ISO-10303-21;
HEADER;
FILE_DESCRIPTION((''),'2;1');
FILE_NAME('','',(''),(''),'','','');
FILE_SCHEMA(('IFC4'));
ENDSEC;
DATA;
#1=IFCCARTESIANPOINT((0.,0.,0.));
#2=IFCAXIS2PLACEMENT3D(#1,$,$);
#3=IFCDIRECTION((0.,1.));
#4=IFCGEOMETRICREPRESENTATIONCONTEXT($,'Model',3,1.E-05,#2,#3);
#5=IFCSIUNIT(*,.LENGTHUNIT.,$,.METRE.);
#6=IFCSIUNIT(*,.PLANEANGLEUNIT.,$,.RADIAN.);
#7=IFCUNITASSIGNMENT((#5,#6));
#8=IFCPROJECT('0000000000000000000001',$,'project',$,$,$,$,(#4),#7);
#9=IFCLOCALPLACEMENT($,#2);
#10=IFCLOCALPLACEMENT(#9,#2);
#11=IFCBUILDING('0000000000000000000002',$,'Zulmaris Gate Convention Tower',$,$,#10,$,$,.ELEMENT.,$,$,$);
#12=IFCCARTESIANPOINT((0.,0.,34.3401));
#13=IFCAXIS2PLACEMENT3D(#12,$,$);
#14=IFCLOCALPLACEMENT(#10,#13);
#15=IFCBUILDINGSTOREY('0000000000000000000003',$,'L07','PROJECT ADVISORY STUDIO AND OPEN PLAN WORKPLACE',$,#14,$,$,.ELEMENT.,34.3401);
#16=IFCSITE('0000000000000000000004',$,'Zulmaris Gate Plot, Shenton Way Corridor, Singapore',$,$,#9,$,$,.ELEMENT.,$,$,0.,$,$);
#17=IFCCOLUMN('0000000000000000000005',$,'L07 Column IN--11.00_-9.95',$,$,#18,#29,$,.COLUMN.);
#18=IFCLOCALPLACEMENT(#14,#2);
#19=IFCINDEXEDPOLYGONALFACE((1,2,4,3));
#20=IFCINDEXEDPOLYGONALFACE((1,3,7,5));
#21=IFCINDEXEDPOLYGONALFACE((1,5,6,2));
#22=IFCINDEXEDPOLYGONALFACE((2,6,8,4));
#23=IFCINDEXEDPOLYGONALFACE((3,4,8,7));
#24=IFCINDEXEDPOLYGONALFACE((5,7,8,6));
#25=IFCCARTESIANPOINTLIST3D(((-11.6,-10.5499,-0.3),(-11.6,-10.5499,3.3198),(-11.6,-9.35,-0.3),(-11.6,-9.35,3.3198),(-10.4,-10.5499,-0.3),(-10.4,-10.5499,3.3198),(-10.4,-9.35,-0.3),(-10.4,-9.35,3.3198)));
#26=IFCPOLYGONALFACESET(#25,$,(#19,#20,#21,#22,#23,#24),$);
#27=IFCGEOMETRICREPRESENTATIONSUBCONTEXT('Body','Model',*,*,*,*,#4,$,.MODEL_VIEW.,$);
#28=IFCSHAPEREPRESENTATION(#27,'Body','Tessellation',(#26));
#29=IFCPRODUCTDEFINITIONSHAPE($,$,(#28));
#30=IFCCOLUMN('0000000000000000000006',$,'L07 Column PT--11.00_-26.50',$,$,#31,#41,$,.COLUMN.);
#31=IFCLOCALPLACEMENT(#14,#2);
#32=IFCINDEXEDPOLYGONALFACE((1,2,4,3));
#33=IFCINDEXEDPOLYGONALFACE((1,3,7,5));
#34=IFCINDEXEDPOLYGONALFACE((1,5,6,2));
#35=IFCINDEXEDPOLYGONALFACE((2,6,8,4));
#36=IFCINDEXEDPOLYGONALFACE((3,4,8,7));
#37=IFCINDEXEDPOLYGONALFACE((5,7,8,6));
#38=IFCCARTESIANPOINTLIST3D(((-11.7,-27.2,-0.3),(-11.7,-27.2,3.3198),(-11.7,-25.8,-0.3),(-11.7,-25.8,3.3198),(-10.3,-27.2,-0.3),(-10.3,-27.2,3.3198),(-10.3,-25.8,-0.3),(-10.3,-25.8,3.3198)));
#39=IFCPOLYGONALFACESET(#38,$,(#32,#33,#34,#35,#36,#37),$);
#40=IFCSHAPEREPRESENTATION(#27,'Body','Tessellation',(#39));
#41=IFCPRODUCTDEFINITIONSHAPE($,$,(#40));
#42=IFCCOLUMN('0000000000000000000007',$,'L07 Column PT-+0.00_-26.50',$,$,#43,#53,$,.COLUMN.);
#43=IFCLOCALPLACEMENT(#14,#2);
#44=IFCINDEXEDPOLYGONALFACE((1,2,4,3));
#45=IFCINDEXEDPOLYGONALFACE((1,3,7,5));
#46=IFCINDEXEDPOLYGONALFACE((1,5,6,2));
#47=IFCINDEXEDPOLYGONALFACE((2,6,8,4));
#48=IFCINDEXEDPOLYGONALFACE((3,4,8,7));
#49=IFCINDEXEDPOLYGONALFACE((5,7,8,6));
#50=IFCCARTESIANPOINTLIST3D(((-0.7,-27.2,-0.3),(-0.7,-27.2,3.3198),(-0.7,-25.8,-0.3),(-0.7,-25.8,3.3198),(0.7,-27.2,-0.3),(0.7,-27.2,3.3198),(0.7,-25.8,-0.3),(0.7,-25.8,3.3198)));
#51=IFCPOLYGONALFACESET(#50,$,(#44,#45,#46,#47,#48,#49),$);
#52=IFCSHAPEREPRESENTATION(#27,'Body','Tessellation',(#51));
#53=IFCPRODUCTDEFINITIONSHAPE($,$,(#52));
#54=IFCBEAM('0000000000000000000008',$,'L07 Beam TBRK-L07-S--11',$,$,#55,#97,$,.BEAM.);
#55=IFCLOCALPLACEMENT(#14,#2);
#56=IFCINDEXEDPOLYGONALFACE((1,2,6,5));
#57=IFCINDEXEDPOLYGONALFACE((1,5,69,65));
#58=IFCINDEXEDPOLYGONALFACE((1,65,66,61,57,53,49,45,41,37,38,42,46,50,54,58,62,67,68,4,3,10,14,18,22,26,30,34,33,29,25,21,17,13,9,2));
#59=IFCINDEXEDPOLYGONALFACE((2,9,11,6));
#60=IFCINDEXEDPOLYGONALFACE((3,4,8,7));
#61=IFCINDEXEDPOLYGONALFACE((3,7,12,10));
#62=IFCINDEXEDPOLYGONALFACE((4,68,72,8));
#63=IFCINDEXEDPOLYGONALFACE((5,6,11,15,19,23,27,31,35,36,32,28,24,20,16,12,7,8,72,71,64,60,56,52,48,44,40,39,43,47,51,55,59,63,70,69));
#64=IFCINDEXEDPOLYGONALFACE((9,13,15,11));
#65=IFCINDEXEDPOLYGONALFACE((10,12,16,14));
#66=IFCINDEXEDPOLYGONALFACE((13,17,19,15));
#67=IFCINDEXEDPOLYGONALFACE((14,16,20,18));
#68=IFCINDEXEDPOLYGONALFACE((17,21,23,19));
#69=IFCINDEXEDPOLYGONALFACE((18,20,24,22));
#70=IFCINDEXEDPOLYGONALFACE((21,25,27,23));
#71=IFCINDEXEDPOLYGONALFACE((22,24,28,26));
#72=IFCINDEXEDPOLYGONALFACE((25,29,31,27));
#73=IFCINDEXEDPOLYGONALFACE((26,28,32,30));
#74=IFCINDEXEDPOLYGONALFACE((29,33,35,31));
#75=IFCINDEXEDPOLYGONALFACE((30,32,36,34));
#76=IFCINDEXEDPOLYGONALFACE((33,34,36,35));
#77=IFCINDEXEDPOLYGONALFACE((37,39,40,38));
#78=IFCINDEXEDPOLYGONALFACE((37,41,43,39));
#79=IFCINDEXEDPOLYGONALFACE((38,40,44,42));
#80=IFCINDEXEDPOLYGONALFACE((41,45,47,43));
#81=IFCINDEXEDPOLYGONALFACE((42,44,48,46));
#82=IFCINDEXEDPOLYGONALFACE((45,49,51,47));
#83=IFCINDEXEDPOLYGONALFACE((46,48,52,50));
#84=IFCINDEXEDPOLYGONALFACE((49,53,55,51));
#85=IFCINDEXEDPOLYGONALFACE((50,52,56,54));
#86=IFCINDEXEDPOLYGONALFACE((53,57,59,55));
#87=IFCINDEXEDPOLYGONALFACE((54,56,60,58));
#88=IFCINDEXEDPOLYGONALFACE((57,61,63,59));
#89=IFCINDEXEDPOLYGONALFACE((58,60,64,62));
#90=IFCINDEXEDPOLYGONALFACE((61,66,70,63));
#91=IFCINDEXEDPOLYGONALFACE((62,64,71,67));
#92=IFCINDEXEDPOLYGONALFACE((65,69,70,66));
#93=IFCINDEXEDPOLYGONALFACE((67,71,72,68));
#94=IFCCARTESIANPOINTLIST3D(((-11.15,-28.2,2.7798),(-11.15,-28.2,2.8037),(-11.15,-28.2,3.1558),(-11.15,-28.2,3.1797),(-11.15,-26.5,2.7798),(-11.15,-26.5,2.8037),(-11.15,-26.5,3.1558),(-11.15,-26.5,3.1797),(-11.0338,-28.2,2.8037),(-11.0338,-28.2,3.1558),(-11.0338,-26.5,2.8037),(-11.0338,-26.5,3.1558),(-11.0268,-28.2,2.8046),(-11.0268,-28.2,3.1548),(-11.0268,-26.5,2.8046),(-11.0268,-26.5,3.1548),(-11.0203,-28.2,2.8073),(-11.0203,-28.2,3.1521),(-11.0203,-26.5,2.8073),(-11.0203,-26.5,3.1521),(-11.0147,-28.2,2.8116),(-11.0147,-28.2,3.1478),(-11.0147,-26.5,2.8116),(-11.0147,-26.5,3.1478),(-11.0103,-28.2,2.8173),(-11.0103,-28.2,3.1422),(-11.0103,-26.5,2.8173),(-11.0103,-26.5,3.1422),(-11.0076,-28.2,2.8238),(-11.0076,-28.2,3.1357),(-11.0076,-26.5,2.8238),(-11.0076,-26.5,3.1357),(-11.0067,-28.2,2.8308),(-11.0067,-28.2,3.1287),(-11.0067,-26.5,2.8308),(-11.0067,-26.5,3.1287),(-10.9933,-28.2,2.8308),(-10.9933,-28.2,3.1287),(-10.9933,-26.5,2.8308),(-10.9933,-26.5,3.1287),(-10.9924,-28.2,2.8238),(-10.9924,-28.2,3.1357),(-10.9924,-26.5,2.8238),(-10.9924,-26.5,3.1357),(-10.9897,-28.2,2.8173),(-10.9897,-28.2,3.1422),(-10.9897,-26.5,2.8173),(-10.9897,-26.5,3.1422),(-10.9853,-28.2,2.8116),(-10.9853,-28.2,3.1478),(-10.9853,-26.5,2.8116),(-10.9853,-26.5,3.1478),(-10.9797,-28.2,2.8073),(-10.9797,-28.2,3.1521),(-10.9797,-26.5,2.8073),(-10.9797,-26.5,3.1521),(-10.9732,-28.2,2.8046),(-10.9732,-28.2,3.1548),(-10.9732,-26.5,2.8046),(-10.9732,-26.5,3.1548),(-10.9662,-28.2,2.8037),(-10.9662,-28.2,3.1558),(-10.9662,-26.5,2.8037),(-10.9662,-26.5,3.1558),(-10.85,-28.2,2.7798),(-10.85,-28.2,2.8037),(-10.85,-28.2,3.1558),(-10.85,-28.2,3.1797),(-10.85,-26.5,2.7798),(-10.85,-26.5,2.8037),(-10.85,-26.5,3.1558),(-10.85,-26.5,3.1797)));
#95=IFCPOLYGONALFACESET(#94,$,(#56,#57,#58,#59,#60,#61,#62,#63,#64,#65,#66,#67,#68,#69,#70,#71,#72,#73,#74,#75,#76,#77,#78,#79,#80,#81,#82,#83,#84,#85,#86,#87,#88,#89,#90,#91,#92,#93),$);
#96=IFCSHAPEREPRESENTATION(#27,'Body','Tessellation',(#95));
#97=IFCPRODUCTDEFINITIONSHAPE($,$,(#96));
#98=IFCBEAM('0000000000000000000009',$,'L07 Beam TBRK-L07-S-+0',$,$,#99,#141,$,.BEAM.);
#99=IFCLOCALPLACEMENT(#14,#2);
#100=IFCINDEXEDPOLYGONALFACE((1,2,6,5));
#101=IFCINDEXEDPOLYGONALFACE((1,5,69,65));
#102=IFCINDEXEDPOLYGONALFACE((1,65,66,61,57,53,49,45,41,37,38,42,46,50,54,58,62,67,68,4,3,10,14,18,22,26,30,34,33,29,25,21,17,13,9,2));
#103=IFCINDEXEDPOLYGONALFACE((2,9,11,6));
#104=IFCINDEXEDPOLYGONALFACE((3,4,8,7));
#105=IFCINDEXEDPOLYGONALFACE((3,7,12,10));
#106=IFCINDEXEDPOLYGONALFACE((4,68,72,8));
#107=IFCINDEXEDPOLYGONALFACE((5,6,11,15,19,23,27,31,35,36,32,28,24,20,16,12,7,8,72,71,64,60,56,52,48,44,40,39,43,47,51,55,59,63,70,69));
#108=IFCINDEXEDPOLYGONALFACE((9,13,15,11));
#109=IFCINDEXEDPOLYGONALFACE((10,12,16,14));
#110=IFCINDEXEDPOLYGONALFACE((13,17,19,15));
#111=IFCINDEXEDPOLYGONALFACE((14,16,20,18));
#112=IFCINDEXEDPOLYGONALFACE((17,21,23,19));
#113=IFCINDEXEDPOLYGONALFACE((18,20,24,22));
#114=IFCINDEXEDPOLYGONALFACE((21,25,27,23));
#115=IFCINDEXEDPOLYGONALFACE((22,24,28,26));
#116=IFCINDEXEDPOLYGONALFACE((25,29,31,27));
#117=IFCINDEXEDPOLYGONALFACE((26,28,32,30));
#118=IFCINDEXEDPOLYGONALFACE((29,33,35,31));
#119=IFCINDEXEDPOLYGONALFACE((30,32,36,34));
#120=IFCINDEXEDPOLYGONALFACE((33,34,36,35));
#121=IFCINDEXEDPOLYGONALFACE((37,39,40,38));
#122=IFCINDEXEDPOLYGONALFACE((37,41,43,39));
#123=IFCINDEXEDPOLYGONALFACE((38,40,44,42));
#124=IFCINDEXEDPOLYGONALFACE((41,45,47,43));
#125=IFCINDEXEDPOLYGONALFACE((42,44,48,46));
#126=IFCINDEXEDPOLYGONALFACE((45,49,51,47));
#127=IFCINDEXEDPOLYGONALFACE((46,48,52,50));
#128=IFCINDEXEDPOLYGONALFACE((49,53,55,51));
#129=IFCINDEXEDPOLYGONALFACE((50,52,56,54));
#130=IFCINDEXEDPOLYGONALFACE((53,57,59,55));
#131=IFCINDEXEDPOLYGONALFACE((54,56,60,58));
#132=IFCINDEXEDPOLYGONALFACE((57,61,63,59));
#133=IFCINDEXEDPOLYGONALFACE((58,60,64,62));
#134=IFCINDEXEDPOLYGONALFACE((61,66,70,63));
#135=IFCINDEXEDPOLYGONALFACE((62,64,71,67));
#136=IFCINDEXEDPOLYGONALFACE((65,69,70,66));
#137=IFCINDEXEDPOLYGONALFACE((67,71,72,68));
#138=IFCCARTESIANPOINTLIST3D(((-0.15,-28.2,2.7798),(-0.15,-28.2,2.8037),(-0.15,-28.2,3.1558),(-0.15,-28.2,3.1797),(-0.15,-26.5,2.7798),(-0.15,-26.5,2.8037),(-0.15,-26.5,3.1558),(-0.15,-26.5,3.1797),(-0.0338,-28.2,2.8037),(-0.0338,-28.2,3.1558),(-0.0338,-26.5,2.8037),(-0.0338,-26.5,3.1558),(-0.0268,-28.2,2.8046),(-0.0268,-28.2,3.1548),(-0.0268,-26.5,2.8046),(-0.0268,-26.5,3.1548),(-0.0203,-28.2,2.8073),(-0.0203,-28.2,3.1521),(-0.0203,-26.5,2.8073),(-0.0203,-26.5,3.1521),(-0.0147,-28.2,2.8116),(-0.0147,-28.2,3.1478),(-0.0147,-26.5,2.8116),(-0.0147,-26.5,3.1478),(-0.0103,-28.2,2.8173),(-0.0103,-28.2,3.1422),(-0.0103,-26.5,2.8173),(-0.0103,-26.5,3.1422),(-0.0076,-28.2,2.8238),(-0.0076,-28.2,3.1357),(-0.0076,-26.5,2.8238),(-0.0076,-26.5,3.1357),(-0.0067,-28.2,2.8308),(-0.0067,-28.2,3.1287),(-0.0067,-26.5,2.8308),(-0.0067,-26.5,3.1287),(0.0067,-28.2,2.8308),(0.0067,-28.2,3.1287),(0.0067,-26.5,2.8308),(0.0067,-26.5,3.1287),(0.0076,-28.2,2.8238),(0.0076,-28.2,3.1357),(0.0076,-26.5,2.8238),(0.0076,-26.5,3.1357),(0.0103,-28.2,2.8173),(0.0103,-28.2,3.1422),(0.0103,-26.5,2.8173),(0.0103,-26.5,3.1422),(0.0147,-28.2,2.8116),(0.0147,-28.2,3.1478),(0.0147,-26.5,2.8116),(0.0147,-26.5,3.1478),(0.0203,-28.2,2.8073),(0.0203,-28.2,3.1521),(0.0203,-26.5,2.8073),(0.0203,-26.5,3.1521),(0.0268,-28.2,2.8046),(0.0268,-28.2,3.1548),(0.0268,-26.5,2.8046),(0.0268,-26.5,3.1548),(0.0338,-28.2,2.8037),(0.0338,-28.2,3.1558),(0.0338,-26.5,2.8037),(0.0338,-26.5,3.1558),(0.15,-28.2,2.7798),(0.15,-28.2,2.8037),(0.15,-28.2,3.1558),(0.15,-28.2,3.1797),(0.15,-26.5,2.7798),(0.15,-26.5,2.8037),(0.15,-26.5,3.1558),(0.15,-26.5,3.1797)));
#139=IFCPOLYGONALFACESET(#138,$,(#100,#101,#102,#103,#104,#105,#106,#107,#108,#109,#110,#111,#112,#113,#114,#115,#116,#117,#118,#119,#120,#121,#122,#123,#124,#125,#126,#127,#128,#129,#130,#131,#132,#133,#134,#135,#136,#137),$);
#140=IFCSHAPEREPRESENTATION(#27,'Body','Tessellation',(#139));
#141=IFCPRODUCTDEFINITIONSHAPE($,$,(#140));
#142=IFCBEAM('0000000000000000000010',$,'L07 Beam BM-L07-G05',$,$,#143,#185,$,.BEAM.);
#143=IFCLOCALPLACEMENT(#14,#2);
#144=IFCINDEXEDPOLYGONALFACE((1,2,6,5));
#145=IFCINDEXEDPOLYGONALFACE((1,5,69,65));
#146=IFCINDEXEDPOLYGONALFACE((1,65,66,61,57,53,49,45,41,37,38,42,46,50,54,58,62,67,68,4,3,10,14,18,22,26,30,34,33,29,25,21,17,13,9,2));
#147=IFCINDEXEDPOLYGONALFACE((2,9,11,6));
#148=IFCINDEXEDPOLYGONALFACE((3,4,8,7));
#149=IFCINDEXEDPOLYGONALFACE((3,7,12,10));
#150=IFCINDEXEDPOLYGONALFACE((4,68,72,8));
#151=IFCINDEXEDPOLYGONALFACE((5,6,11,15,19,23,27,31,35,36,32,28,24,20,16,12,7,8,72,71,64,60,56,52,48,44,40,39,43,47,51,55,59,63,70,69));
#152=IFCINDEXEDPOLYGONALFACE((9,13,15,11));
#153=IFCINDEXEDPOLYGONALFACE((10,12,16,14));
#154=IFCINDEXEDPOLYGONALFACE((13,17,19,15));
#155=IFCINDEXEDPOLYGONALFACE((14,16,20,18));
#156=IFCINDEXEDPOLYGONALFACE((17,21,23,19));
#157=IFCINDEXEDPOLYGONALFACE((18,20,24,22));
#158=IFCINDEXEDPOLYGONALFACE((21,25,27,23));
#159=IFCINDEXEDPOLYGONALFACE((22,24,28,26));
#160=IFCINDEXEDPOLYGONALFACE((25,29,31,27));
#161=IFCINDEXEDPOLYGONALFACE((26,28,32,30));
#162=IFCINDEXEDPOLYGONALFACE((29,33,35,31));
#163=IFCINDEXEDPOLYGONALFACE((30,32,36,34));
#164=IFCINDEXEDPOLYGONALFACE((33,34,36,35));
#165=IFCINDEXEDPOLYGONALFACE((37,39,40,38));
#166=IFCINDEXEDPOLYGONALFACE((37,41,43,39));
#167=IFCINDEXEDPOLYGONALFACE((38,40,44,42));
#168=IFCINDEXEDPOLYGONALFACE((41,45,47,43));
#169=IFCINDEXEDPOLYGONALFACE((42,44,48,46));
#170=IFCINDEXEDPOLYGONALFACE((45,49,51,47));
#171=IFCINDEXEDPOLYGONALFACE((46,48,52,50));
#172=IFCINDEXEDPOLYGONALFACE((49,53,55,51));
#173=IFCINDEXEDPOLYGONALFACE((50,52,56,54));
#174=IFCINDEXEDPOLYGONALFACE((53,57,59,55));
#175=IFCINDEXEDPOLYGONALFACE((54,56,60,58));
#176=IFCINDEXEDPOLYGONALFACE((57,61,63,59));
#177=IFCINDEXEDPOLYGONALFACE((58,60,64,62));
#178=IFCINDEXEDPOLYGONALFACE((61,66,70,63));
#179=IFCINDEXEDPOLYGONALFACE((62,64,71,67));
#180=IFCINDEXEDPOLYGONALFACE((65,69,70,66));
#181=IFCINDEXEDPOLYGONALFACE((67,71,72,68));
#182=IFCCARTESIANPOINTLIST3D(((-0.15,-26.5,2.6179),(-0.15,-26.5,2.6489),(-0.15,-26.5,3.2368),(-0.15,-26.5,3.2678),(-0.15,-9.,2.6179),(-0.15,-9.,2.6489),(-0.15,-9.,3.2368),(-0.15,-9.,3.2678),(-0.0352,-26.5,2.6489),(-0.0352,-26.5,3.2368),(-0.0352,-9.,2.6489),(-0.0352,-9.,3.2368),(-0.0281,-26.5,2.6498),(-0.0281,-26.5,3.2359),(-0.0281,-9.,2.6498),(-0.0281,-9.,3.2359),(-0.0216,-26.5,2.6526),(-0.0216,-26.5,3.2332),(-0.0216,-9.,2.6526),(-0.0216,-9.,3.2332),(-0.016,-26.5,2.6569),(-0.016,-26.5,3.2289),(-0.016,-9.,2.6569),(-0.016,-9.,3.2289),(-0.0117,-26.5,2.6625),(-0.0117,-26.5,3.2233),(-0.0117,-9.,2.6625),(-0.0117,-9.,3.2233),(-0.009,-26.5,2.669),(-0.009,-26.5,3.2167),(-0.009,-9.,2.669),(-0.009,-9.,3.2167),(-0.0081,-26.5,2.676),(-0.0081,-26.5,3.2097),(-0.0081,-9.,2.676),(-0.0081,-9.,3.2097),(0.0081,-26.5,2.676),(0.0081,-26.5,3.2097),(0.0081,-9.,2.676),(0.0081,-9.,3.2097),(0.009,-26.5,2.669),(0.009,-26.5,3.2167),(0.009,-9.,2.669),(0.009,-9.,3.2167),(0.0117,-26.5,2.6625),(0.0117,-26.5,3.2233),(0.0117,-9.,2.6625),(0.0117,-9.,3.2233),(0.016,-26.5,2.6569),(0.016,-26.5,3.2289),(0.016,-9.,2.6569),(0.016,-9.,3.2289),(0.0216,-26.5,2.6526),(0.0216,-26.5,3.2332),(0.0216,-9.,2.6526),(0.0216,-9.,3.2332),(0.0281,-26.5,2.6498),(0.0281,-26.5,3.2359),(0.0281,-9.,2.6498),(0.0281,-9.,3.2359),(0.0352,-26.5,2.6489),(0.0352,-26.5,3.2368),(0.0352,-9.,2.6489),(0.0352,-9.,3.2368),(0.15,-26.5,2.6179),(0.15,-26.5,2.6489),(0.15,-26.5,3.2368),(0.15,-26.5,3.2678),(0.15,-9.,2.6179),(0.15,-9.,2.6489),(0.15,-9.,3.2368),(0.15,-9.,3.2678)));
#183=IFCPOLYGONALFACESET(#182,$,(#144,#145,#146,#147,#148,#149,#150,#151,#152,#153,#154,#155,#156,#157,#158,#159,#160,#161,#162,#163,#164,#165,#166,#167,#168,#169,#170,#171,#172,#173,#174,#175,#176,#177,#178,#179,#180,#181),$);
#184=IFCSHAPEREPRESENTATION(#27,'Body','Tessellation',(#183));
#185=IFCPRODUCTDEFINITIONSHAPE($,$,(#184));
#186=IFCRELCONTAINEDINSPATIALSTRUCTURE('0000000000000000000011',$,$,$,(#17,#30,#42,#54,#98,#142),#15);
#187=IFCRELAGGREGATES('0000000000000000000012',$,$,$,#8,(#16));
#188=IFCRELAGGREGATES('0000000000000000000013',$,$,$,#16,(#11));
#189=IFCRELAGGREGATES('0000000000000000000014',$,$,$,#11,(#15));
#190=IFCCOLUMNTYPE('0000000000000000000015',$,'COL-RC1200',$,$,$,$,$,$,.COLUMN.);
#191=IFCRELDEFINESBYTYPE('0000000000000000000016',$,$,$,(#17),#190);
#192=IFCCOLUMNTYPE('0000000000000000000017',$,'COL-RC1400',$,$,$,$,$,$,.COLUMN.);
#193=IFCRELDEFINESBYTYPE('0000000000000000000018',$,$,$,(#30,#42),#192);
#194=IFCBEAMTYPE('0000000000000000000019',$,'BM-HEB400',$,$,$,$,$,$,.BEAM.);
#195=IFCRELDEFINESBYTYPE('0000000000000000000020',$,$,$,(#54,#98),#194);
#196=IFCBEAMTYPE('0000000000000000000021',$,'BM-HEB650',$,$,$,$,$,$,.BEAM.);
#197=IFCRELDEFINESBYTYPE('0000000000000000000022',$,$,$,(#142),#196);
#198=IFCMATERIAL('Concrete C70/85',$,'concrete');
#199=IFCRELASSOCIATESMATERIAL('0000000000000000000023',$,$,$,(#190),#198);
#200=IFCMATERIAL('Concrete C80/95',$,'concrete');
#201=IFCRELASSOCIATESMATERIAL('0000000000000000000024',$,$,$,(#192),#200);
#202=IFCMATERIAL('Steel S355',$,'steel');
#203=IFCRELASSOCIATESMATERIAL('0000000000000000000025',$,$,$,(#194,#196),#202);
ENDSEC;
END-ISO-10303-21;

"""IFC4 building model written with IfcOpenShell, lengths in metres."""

from ifc_helpers import new_model, si_unit, direction, frame, origin, origin_2d, place, context, subcontext, project, spatial, rectangle, i_section, extrude, material, material_profile, profile_set, type_object, element, save


model = new_model("IFC4")

# Units and contexts
model_context = context("Model", 3, precision=1e-05, world=origin(), true_north=direction((0.0, 1.0)))
body_context = subcontext(model_context, "Body", "Model", "MODEL_VIEW")
ifc_project = project(units=[si_unit("LENGTHUNIT", "METRE"), si_unit("PLANEANGLEUNIT", "RADIAN")], contexts=[model_context])

# Site, building, storey
site_placement = place(None, origin())
site = spatial("IfcSite", under=ifc_project, at=site_placement, Name="Zulmaris Gate Plot, Shenton Way Corridor, Singapore", CompositionType="ELEMENT", RefElevation=0.0)
building_placement = place(site_placement, origin())
building = spatial("IfcBuilding", under=site, at=building_placement, Name="Zulmaris Gate Convention Tower", CompositionType="ELEMENT")
storey_placement = place(building_placement, frame((0.0, 0.0, 34.3401)))
storey = spatial("IfcBuildingStorey", under=building, at=storey_placement, Name="L07", Description="PROJECT ADVISORY STUDIO AND OPEN PLAN WORKPLACE", CompositionType="ELEMENT", Elevation=34.3401)

# Columns
ifc_material_1 = material(Name="Concrete C70/85", Category="concrete")
ifc_material_profile_1 = material_profile(ifc_material_1, rectangle(XDim=1.2, YDim=1.2, at=origin_2d()), Name="RC COL 1200x1200")
ifc_profile_set_1 = profile_set([ifc_material_profile_1], Name="Concrete C70/85")
column_type_1 = type_object("IfcColumnType", Name="COL-RC1200", PredefinedType="COLUMN", material=ifc_profile_set_1)
column_placement = place(storey_placement, frame((-11.0, -9.95, -0.3), z_axis=(0.0, 0.0, 1.0), x_axis=(1.0, 0.0, 0.0)))
element("IfcColumn", 1, at=column_placement, inside=storey, type_object=column_type_1, Name="L07 Column IN--11.00_-9.95", PredefinedType="COLUMN", context=body_context, shape_type="SweptSolid", body=[
    extrude(rectangle(XDim=1.2, YDim=1.2, at=origin_2d()), origin(), (0.0, 0.0, 1.0), 3.6199),
])
ifc_material_2 = material(Name="Concrete C80/95", Category="concrete")
ifc_material_profile_2 = material_profile(ifc_material_2, rectangle(XDim=1.3999, YDim=1.3999, at=origin_2d()), Name="RC COL 1400x1400")
ifc_profile_set_2 = profile_set([ifc_material_profile_2], Name="Concrete C80/95")
column_type_2 = type_object("IfcColumnType", Name="COL-RC1400", PredefinedType="COLUMN", material=ifc_profile_set_2)
for number, where, z_axis, x_axis, name in (
    (2, (-11.0, -26.5, -0.3), (0.0, 0.0, 1.0), (1.0, 0.0, 0.0), "L07 Column PT--11.00_-26.50"),
    (3, (0.0, -26.5, -0.3), (0.0, 0.0, 1.0), (1.0, 0.0, 0.0), "L07 Column PT-+0.00_-26.50"),
):
    element("IfcColumn", number, at=place(storey_placement, frame(where, z_axis=z_axis, x_axis=x_axis)), inside=storey, type_object=column_type_2, Name=name, PredefinedType="COLUMN", context=body_context, shape_type="SweptSolid", body=[
        extrude(rectangle(XDim=1.3999, YDim=1.3999, at=origin_2d()), origin(), (0.0, 0.0, 1.0), 3.6199),
    ])

# Beams
ifc_material_3 = material(Name="Steel S355", Category="steel")
ifc_material_profile_3 = material_profile(ifc_material_3, i_section(OverallWidth=0.3, OverallDepth=0.3999, WebThickness=0.0134, FlangeThickness=0.0239, FilletRadius=0.0271, at=origin_2d()), Name="HEB 400")
ifc_profile_set_3 = profile_set([ifc_material_profile_3], Name="Steel S355")
beam_type_1 = type_object("IfcBeamType", Name="BM-HEB400", PredefinedType="BEAM", material=ifc_profile_set_3)
for number, where, z_axis, x_axis, name in (
    (4, (-11.0, -28.2, 2.9797), (0.0, 1.0, 0.0), (-1.0, 0.0, 0.0), "L07 Beam TBRK-L07-S--11"),
    (5, (0.0, -28.2, 2.9797), (0.0, 1.0, 0.0), (-1.0, 0.0, 0.0), "L07 Beam TBRK-L07-S-+0"),
):
    element("IfcBeam", number, at=place(storey_placement, frame(where, z_axis=z_axis, x_axis=x_axis)), inside=storey, type_object=beam_type_1, Name=name, PredefinedType="BEAM", context=body_context, shape_type="SweptSolid", body=[
        extrude(i_section(OverallWidth=0.3, OverallDepth=0.3999, WebThickness=0.0134, FlangeThickness=0.0239, FilletRadius=0.0271, at=origin_2d()), origin(), (0.0, 0.0, 1.0), 1.7),
    ])
ifc_material_profile_4 = material_profile(ifc_material_3, i_section(OverallWidth=0.3, OverallDepth=0.6499, WebThickness=0.0161, FlangeThickness=0.031, FilletRadius=0.0271, at=origin_2d()), Name="HEB 650")
ifc_profile_set_4 = profile_set([ifc_material_profile_4], Name="Steel S355")
beam_type_2 = type_object("IfcBeamType", Name="BM-HEB650", PredefinedType="BEAM", material=ifc_profile_set_4)
beam_1_placement = place(storey_placement, frame((0.0, -26.5, 2.9429), z_axis=(0.0, 1.0, 0.0), x_axis=(-1.0, 0.0, 0.0)))
element("IfcBeam", 6, at=beam_1_placement, inside=storey, type_object=beam_type_2, Name="L07 Beam BM-L07-G05", PredefinedType="BEAM", context=body_context, shape_type="SweptSolid", body=[
    extrude(i_section(OverallWidth=0.3, OverallDepth=0.6499, WebThickness=0.0161, FlangeThickness=0.031, FilletRadius=0.0271, at=origin_2d()), origin(), (0.0, 0.0, 1.0), 17.5),
])

save(model, "model.ifc")
